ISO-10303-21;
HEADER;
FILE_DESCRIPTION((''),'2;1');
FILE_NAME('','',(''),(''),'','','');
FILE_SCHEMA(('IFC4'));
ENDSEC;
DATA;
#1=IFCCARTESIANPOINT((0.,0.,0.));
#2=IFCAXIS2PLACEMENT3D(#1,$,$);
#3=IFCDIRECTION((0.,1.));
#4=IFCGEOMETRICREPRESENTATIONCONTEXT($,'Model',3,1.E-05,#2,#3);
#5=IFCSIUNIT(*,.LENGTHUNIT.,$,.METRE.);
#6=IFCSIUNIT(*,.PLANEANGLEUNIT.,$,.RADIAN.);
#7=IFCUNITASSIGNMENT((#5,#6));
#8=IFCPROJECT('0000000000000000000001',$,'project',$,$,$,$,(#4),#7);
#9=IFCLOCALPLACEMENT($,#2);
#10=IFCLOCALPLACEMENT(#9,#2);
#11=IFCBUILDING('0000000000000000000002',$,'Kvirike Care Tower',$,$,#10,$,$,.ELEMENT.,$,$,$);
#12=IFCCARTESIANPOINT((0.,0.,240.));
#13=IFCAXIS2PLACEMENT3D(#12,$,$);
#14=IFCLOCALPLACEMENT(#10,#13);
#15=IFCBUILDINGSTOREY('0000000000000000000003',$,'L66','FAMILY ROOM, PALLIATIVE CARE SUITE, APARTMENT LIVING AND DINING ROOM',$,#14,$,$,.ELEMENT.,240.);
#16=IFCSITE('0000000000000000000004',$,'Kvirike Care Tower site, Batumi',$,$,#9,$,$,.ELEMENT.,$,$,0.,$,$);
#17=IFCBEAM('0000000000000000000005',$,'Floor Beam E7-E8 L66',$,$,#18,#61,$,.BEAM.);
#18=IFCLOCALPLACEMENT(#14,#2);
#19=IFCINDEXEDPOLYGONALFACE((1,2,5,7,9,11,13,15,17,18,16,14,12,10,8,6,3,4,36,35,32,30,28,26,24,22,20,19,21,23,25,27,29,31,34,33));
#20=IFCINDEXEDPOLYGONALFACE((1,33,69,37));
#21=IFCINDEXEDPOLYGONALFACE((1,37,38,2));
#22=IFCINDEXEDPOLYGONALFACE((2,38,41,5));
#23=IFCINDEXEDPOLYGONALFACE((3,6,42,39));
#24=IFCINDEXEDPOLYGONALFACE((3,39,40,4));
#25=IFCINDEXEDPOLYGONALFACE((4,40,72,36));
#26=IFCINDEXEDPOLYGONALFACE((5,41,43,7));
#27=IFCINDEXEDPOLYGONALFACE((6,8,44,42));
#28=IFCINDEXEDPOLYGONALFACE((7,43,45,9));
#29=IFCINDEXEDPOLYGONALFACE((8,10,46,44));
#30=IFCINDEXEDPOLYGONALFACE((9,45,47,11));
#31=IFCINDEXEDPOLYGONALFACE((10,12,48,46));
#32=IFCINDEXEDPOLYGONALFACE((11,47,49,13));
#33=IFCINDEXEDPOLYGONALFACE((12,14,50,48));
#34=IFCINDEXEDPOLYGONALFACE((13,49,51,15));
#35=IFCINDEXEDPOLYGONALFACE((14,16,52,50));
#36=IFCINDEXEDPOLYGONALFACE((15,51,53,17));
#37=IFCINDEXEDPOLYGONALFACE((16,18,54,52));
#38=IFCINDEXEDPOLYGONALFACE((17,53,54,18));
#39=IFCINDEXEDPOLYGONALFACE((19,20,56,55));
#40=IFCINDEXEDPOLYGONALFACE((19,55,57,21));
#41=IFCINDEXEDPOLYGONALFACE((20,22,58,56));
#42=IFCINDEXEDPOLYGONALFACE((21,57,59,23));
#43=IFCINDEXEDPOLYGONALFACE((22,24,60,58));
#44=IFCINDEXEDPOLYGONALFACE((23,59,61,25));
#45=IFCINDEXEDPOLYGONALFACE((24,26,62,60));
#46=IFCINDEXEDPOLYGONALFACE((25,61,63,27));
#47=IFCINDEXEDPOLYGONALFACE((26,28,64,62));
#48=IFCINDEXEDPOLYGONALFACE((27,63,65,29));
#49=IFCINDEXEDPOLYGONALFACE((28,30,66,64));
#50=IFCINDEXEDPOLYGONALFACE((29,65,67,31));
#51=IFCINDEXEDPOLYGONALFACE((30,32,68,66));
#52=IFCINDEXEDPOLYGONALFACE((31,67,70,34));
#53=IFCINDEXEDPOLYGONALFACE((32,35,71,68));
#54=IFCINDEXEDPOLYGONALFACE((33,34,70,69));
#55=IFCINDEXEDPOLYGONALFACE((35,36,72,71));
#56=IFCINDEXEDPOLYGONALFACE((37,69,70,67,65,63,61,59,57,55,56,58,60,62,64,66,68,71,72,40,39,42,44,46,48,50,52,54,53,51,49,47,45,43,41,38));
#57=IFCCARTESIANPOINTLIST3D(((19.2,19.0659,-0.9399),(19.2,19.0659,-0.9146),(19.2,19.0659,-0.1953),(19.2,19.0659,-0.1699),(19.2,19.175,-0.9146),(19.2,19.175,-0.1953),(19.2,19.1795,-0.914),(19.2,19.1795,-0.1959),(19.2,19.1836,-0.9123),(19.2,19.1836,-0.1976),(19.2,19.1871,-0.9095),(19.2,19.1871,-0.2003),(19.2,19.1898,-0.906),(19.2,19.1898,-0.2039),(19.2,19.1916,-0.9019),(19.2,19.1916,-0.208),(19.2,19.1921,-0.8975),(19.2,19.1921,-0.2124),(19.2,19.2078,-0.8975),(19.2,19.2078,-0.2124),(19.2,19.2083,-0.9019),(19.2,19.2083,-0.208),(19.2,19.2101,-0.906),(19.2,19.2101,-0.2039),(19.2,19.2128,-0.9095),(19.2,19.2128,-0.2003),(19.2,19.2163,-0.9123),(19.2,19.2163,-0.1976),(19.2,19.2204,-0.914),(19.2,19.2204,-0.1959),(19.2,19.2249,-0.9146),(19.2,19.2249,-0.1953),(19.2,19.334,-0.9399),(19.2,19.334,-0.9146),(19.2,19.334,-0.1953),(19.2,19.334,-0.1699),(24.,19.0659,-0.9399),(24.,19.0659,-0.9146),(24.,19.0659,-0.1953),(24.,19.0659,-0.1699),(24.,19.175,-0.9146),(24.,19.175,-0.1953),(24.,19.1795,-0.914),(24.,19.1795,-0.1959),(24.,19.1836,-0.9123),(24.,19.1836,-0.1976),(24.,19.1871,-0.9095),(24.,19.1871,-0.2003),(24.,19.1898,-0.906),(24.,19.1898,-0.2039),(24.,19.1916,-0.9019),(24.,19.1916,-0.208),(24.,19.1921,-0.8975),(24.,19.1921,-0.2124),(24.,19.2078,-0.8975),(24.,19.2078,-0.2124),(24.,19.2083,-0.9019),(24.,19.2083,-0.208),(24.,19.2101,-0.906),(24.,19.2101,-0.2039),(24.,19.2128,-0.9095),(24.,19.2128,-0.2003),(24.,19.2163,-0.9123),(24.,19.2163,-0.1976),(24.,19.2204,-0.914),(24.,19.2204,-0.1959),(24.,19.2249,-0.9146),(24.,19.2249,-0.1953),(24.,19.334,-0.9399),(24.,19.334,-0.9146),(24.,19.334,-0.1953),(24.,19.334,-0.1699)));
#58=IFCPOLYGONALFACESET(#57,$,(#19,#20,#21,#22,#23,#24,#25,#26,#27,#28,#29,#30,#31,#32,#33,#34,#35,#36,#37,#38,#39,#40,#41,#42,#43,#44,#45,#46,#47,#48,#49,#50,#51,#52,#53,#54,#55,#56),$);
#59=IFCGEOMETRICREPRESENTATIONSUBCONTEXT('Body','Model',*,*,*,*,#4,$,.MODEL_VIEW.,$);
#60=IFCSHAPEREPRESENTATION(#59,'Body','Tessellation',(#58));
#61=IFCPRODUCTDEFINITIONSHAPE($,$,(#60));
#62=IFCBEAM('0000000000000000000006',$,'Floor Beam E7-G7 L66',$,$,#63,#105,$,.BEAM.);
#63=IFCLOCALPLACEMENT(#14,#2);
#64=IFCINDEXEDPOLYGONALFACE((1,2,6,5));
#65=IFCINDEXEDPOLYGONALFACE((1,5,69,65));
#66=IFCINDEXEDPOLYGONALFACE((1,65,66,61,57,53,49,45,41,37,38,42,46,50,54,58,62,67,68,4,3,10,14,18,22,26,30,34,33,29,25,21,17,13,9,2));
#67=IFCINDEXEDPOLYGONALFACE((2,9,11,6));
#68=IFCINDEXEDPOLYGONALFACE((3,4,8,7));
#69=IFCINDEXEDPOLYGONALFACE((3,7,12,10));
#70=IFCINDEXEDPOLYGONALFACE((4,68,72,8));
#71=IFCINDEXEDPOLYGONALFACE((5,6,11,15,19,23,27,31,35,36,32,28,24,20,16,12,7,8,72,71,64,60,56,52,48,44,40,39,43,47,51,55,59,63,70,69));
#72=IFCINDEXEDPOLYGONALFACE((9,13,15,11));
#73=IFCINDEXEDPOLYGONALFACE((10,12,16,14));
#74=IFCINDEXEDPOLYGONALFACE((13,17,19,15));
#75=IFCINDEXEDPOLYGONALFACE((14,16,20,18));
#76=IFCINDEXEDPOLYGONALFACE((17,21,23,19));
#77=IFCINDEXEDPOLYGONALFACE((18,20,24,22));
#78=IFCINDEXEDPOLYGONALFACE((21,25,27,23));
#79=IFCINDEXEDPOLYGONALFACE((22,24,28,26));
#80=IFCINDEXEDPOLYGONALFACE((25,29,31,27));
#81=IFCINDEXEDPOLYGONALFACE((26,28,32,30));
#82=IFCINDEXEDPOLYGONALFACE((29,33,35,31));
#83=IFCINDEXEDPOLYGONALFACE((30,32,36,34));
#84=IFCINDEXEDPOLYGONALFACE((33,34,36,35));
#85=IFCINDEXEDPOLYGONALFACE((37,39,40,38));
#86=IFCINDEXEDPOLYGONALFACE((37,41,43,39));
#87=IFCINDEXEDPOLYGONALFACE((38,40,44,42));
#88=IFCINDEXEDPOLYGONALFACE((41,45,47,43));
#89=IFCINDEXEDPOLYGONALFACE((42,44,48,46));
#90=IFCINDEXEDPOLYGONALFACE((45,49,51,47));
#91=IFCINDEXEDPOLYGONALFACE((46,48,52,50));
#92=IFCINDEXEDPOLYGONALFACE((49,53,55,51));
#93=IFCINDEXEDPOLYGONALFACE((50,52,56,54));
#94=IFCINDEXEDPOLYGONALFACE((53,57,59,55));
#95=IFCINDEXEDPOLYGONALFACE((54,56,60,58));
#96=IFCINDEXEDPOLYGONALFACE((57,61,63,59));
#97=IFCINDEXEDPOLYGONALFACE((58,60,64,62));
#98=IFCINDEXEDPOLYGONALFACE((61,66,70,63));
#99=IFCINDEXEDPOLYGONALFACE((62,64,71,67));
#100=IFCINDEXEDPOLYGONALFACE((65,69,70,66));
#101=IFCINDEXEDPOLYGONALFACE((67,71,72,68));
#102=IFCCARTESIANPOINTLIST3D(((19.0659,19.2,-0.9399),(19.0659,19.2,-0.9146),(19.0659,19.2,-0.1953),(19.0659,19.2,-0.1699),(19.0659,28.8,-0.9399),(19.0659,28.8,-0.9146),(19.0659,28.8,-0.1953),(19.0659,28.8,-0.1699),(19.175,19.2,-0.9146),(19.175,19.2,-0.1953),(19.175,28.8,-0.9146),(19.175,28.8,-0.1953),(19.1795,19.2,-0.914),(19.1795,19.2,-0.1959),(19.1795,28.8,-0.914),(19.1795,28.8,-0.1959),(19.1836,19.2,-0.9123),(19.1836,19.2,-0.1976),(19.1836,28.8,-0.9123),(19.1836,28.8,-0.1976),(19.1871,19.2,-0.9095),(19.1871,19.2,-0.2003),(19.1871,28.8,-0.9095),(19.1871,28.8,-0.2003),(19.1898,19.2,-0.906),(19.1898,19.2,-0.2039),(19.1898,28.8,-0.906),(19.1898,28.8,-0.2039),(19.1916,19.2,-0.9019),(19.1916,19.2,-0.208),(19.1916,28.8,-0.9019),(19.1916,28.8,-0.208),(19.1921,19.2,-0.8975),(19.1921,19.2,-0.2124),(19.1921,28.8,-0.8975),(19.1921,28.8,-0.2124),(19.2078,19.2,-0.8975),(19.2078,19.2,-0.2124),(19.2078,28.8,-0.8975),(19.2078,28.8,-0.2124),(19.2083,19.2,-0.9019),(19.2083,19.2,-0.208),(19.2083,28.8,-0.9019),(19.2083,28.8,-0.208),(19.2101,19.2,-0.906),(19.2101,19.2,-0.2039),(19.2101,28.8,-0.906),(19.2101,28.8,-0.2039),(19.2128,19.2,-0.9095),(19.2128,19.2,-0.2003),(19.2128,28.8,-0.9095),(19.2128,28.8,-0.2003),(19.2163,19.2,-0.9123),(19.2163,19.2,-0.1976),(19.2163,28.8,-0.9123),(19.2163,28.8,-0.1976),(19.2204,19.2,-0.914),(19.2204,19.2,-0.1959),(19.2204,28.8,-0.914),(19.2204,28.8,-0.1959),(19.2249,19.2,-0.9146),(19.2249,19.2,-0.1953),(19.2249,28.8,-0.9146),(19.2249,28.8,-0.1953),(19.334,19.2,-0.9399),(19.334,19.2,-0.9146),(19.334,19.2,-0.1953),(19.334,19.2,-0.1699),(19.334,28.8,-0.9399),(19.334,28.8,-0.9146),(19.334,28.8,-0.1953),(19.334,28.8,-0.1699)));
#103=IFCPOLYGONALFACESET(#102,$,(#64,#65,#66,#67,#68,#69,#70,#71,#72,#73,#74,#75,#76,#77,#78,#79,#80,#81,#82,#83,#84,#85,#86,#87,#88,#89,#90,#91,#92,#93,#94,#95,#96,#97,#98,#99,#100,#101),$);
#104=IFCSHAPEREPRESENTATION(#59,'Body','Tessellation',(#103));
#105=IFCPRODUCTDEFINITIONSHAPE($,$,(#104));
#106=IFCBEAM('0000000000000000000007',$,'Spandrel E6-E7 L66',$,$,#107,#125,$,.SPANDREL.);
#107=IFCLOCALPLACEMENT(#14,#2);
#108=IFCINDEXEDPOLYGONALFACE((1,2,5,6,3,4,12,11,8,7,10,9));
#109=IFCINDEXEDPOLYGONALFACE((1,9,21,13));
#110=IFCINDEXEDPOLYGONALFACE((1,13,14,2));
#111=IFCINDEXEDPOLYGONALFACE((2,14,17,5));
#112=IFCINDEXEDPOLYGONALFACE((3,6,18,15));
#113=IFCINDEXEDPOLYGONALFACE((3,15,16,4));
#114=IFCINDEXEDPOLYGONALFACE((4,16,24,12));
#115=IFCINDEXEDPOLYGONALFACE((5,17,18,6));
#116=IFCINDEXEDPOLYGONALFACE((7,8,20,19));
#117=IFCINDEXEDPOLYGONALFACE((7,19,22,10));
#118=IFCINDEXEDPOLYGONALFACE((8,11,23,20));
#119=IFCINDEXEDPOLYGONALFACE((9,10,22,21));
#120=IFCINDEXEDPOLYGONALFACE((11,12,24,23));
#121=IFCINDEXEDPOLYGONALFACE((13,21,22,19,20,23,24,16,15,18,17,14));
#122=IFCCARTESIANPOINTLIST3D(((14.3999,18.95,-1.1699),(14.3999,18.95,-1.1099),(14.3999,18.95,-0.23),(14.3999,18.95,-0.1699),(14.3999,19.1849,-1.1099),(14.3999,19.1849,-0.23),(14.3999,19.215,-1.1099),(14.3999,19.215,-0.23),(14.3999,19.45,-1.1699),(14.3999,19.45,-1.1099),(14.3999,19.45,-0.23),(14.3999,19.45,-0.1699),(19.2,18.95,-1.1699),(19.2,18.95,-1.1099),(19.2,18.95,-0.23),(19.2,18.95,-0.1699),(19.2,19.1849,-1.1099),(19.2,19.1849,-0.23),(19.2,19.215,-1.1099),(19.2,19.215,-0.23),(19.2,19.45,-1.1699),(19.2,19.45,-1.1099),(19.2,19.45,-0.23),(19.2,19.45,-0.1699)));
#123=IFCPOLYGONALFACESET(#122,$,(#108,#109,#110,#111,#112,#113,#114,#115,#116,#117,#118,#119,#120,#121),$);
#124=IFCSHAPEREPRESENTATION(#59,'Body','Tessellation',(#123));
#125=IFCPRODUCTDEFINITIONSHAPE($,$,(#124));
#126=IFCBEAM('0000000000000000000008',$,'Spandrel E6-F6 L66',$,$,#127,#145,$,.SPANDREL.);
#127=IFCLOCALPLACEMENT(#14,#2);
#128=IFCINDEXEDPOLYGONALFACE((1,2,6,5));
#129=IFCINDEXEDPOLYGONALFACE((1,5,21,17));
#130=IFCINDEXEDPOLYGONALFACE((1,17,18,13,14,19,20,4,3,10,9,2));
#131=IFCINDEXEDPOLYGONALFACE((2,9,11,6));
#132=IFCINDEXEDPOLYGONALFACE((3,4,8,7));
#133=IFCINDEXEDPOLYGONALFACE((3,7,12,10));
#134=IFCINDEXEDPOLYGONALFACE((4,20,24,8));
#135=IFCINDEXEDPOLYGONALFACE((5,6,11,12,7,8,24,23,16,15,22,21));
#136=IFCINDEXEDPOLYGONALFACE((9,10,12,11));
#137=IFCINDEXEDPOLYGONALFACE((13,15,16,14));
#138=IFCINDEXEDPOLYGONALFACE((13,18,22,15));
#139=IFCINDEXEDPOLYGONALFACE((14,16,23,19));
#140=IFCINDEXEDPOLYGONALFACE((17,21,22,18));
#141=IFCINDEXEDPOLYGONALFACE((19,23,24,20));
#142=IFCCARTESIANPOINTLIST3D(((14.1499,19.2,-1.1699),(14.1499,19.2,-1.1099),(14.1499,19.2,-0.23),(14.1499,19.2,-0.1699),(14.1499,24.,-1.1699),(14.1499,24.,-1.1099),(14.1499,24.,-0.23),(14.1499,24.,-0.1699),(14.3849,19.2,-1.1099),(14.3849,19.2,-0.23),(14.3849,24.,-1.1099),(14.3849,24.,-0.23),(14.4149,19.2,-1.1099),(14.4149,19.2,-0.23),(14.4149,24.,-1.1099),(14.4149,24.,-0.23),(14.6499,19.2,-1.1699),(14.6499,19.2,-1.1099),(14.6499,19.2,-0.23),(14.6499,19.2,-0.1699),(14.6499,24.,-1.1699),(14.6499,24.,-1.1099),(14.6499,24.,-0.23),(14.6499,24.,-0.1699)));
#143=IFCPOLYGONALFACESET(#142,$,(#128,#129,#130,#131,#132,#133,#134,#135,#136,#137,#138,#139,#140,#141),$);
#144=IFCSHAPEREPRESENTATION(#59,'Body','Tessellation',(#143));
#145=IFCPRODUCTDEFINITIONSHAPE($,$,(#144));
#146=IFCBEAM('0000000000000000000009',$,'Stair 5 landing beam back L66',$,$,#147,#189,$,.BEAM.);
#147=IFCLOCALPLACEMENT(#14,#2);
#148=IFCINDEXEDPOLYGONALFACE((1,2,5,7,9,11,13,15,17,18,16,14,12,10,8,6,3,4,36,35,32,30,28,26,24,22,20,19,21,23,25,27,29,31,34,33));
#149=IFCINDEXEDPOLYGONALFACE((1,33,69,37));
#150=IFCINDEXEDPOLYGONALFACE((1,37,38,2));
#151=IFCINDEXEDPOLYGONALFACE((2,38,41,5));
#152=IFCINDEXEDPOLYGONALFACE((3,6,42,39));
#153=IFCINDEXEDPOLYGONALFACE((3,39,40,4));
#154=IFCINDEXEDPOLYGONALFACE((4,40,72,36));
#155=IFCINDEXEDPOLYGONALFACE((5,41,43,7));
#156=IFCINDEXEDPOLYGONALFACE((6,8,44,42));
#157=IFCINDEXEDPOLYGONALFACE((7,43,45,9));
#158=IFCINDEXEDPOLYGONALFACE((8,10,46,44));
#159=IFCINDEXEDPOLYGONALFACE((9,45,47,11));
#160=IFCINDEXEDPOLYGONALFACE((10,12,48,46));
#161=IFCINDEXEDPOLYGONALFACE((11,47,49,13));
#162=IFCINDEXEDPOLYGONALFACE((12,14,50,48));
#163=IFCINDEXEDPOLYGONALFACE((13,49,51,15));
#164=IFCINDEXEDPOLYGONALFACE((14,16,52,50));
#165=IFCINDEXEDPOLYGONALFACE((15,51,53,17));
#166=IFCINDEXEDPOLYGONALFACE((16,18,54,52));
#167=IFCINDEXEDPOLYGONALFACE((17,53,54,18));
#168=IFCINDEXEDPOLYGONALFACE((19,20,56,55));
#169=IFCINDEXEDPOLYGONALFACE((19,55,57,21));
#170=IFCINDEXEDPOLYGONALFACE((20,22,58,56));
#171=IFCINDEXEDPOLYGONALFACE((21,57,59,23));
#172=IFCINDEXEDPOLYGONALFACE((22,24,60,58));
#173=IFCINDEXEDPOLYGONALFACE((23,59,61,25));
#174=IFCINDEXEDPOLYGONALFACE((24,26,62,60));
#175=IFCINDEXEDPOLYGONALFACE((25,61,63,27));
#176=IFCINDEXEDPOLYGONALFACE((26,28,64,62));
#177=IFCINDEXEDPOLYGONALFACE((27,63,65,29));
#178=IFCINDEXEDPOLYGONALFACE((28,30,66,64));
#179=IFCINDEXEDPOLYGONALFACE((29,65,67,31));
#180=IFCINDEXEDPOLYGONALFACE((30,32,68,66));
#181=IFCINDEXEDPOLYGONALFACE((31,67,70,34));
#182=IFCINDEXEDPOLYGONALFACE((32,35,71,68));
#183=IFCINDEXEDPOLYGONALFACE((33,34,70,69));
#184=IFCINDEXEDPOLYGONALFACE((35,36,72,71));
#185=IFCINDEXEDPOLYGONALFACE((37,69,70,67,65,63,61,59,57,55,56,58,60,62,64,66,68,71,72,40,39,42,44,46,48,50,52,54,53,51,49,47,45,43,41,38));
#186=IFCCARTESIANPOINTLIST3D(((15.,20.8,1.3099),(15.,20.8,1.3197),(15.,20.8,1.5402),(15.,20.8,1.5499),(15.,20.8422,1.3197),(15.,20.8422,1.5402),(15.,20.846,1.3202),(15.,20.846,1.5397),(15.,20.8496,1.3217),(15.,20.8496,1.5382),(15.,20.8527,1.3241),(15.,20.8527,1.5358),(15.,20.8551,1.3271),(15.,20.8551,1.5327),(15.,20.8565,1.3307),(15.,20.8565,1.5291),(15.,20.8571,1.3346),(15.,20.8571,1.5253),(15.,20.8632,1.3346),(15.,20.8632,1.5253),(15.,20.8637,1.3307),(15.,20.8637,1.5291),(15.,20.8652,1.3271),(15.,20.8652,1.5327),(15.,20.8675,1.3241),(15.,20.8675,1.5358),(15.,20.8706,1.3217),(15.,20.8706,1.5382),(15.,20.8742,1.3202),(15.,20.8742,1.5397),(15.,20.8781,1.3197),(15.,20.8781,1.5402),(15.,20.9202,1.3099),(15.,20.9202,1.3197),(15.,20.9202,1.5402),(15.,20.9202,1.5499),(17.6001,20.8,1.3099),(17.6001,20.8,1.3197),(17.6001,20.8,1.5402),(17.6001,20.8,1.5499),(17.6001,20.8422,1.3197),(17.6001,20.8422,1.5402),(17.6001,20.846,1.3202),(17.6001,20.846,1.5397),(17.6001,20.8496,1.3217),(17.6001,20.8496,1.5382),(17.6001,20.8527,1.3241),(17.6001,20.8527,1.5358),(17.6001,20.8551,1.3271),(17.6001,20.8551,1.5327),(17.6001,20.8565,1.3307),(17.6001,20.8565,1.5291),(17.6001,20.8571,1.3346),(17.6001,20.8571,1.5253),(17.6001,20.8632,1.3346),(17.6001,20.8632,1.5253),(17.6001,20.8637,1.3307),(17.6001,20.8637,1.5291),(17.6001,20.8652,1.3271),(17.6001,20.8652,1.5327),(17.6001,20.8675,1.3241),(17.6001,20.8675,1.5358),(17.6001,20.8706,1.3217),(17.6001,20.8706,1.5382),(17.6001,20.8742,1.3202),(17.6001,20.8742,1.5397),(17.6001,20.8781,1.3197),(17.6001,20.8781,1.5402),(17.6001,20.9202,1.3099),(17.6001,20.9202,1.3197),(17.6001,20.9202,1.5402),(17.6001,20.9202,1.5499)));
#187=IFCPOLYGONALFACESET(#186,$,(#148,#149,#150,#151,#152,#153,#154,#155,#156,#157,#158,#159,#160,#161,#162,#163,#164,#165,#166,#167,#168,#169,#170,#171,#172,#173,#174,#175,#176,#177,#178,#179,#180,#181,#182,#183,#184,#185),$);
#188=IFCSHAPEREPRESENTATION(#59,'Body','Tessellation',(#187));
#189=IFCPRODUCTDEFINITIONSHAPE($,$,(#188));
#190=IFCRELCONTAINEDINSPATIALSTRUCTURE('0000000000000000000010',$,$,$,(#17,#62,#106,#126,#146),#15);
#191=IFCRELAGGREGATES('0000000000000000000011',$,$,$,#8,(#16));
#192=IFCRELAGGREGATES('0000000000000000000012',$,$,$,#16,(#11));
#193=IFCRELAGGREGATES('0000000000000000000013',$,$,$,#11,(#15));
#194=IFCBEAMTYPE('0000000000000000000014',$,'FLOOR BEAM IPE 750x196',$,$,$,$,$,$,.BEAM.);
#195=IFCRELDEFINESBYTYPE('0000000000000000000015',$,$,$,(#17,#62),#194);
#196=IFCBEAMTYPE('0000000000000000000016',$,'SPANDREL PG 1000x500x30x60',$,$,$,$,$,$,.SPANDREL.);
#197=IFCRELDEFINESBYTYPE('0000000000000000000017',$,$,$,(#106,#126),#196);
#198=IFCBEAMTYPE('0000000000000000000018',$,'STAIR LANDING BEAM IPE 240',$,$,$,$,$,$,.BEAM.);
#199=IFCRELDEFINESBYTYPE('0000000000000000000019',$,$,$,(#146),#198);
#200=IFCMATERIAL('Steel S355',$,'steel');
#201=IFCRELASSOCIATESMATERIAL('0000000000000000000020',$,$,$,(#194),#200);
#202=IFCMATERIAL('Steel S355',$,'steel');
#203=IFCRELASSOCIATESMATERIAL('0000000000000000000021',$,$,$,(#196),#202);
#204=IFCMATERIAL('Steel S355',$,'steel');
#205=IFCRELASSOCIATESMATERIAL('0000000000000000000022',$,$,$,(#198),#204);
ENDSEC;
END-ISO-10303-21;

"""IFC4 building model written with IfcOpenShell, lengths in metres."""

from ifc_helpers import new_model, si_unit, direction, frame, origin, origin_2d, place, context, subcontext, project, spatial, i_section, extrude, material, material_profile, profile_set, type_object, element, save


model = new_model("IFC4")

# Units and contexts
model_context = context("Model", 3, precision=1e-05, world=origin(), true_north=direction((0.0, 1.0)))
body_context = subcontext(model_context, "Body", "Model", "MODEL_VIEW")
ifc_project = project(units=[si_unit("LENGTHUNIT", "METRE"), si_unit("PLANEANGLEUNIT", "RADIAN")], contexts=[model_context])

# Site, building, storey
site_placement = place(None, origin())
site = spatial("IfcSite", under=ifc_project, at=site_placement, Name="Kvirike Care Tower site, Batumi", CompositionType="ELEMENT", RefElevation=0.0)
building_placement = place(site_placement, origin())
building = spatial("IfcBuilding", under=site, at=building_placement, Name="Kvirike Care Tower", CompositionType="ELEMENT")
storey_placement = place(building_placement, frame((0.0, 0.0, 240.0)))
storey = spatial("IfcBuildingStorey", under=building, at=storey_placement, Name="L66", Description="FAMILY ROOM, PALLIATIVE CARE SUITE, APARTMENT LIVING AND DINING ROOM", CompositionType="ELEMENT", Elevation=240.0)

# Beams
ifc_material_1 = material(Name="Steel S355", Category="steel")
ifc_material_profile_1 = material_profile(ifc_material_1, i_section(OverallWidth=0.2681, OverallDepth=0.77, WebThickness=0.0156, FlangeThickness=0.0254, FilletRadius=0.0171, at=origin_2d()), Name="IPE 750x196")
ifc_profile_set_1 = profile_set([ifc_material_profile_1], Name="Steel S355")
beam_type_1 = type_object("IfcBeamType", Name="FLOOR BEAM IPE 750x196", PredefinedType="BEAM", material=ifc_profile_set_1)
beam_1_placement = place(storey_placement, frame((19.2, 19.2, -0.5549), z_axis=(1.0, 0.0, 0.0), x_axis=(0.0, 1.0, 0.0)))
element("IfcBeam", 1, at=beam_1_placement, inside=storey, type_object=beam_type_1, Name="Floor Beam E7-E8 L66", PredefinedType="BEAM", context=body_context, shape_type="SweptSolid", body=[
    extrude(i_section(OverallWidth=0.2681, OverallDepth=0.77, WebThickness=0.0156, FlangeThickness=0.0254, FilletRadius=0.0171, at=origin_2d()), origin(), (0.0, 0.0, 1.0), 4.8),
])
beam_2_placement = place(storey_placement, frame((19.2, 19.2, -0.5549), z_axis=(0.0, 1.0, 0.0), x_axis=(-1.0, 0.0, 0.0)))
element("IfcBeam", 2, at=beam_2_placement, inside=storey, type_object=beam_type_1, Name="Floor Beam E7-G7 L66", PredefinedType="BEAM", context=body_context, shape_type="SweptSolid", body=[
    extrude(i_section(OverallWidth=0.2681, OverallDepth=0.77, WebThickness=0.0156, FlangeThickness=0.0254, FilletRadius=0.0171, at=origin_2d()), origin(), (0.0, 0.0, 1.0), 9.6001),
])
ifc_material_2 = material(Name="Steel S355", Category="steel")
ifc_material_profile_2 = material_profile(ifc_material_2, i_section(OverallWidth=0.5, OverallDepth=1.0, WebThickness=0.03, FlangeThickness=0.0601, at=origin_2d()), Name="PG 1000x500x30x60")
ifc_profile_set_2 = profile_set([ifc_material_profile_2], Name="Steel S355")
beam_type_2 = type_object("IfcBeamType", Name="SPANDREL PG 1000x500x30x60", PredefinedType="SPANDREL", material=ifc_profile_set_2)
for number, where, z_axis, x_axis, name in (
    (3, (14.3999, 19.2, -0.6699), (1.0, 0.0, 0.0), (0.0, 1.0, 0.0), "Spandrel E6-E7 L66"),
    (4, (14.3999, 19.2, -0.6699), (0.0, 1.0, 0.0), (-1.0, 0.0, 0.0), "Spandrel E6-F6 L66"),
):
    element("IfcBeam", number, at=place(storey_placement, frame(where, z_axis=z_axis, x_axis=x_axis)), inside=storey, type_object=beam_type_2, Name=name, PredefinedType="SPANDREL", context=body_context, shape_type="SweptSolid", body=[
        extrude(i_section(OverallWidth=0.5, OverallDepth=1.0, WebThickness=0.03, FlangeThickness=0.0601, at=origin_2d()), origin(), (0.0, 0.0, 1.0), 4.8),
    ])
ifc_material_3 = material(Name="Steel S355", Category="steel")
ifc_material_profile_3 = material_profile(ifc_material_3, i_section(OverallWidth=0.1201, OverallDepth=0.24, WebThickness=0.0061, FlangeThickness=0.0098, FilletRadius=0.0149, at=origin_2d()), Name="IPE 240")
ifc_profile_set_3 = profile_set([ifc_material_profile_3], Name="Steel S355")
beam_type_3 = type_object("IfcBeamType", Name="STAIR LANDING BEAM IPE 240", PredefinedType="BEAM", material=ifc_profile_set_3)
beam_3_placement = place(storey_placement, frame((15.0, 20.8601, 1.4299), z_axis=(1.0, 0.0, 0.0), x_axis=(0.0, 1.0, 0.0)))
element("IfcBeam", 5, at=beam_3_placement, inside=storey, type_object=beam_type_3, Name="Stair 5 landing beam back L66", PredefinedType="BEAM", context=body_context, shape_type="SweptSolid", body=[
    extrude(i_section(OverallWidth=0.1201, OverallDepth=0.24, WebThickness=0.0061, FlangeThickness=0.0098, FilletRadius=0.0149, at=origin_2d()), origin(), (0.0, 0.0, 1.0), 2.6001),
])

save(model, "model.ifc")
